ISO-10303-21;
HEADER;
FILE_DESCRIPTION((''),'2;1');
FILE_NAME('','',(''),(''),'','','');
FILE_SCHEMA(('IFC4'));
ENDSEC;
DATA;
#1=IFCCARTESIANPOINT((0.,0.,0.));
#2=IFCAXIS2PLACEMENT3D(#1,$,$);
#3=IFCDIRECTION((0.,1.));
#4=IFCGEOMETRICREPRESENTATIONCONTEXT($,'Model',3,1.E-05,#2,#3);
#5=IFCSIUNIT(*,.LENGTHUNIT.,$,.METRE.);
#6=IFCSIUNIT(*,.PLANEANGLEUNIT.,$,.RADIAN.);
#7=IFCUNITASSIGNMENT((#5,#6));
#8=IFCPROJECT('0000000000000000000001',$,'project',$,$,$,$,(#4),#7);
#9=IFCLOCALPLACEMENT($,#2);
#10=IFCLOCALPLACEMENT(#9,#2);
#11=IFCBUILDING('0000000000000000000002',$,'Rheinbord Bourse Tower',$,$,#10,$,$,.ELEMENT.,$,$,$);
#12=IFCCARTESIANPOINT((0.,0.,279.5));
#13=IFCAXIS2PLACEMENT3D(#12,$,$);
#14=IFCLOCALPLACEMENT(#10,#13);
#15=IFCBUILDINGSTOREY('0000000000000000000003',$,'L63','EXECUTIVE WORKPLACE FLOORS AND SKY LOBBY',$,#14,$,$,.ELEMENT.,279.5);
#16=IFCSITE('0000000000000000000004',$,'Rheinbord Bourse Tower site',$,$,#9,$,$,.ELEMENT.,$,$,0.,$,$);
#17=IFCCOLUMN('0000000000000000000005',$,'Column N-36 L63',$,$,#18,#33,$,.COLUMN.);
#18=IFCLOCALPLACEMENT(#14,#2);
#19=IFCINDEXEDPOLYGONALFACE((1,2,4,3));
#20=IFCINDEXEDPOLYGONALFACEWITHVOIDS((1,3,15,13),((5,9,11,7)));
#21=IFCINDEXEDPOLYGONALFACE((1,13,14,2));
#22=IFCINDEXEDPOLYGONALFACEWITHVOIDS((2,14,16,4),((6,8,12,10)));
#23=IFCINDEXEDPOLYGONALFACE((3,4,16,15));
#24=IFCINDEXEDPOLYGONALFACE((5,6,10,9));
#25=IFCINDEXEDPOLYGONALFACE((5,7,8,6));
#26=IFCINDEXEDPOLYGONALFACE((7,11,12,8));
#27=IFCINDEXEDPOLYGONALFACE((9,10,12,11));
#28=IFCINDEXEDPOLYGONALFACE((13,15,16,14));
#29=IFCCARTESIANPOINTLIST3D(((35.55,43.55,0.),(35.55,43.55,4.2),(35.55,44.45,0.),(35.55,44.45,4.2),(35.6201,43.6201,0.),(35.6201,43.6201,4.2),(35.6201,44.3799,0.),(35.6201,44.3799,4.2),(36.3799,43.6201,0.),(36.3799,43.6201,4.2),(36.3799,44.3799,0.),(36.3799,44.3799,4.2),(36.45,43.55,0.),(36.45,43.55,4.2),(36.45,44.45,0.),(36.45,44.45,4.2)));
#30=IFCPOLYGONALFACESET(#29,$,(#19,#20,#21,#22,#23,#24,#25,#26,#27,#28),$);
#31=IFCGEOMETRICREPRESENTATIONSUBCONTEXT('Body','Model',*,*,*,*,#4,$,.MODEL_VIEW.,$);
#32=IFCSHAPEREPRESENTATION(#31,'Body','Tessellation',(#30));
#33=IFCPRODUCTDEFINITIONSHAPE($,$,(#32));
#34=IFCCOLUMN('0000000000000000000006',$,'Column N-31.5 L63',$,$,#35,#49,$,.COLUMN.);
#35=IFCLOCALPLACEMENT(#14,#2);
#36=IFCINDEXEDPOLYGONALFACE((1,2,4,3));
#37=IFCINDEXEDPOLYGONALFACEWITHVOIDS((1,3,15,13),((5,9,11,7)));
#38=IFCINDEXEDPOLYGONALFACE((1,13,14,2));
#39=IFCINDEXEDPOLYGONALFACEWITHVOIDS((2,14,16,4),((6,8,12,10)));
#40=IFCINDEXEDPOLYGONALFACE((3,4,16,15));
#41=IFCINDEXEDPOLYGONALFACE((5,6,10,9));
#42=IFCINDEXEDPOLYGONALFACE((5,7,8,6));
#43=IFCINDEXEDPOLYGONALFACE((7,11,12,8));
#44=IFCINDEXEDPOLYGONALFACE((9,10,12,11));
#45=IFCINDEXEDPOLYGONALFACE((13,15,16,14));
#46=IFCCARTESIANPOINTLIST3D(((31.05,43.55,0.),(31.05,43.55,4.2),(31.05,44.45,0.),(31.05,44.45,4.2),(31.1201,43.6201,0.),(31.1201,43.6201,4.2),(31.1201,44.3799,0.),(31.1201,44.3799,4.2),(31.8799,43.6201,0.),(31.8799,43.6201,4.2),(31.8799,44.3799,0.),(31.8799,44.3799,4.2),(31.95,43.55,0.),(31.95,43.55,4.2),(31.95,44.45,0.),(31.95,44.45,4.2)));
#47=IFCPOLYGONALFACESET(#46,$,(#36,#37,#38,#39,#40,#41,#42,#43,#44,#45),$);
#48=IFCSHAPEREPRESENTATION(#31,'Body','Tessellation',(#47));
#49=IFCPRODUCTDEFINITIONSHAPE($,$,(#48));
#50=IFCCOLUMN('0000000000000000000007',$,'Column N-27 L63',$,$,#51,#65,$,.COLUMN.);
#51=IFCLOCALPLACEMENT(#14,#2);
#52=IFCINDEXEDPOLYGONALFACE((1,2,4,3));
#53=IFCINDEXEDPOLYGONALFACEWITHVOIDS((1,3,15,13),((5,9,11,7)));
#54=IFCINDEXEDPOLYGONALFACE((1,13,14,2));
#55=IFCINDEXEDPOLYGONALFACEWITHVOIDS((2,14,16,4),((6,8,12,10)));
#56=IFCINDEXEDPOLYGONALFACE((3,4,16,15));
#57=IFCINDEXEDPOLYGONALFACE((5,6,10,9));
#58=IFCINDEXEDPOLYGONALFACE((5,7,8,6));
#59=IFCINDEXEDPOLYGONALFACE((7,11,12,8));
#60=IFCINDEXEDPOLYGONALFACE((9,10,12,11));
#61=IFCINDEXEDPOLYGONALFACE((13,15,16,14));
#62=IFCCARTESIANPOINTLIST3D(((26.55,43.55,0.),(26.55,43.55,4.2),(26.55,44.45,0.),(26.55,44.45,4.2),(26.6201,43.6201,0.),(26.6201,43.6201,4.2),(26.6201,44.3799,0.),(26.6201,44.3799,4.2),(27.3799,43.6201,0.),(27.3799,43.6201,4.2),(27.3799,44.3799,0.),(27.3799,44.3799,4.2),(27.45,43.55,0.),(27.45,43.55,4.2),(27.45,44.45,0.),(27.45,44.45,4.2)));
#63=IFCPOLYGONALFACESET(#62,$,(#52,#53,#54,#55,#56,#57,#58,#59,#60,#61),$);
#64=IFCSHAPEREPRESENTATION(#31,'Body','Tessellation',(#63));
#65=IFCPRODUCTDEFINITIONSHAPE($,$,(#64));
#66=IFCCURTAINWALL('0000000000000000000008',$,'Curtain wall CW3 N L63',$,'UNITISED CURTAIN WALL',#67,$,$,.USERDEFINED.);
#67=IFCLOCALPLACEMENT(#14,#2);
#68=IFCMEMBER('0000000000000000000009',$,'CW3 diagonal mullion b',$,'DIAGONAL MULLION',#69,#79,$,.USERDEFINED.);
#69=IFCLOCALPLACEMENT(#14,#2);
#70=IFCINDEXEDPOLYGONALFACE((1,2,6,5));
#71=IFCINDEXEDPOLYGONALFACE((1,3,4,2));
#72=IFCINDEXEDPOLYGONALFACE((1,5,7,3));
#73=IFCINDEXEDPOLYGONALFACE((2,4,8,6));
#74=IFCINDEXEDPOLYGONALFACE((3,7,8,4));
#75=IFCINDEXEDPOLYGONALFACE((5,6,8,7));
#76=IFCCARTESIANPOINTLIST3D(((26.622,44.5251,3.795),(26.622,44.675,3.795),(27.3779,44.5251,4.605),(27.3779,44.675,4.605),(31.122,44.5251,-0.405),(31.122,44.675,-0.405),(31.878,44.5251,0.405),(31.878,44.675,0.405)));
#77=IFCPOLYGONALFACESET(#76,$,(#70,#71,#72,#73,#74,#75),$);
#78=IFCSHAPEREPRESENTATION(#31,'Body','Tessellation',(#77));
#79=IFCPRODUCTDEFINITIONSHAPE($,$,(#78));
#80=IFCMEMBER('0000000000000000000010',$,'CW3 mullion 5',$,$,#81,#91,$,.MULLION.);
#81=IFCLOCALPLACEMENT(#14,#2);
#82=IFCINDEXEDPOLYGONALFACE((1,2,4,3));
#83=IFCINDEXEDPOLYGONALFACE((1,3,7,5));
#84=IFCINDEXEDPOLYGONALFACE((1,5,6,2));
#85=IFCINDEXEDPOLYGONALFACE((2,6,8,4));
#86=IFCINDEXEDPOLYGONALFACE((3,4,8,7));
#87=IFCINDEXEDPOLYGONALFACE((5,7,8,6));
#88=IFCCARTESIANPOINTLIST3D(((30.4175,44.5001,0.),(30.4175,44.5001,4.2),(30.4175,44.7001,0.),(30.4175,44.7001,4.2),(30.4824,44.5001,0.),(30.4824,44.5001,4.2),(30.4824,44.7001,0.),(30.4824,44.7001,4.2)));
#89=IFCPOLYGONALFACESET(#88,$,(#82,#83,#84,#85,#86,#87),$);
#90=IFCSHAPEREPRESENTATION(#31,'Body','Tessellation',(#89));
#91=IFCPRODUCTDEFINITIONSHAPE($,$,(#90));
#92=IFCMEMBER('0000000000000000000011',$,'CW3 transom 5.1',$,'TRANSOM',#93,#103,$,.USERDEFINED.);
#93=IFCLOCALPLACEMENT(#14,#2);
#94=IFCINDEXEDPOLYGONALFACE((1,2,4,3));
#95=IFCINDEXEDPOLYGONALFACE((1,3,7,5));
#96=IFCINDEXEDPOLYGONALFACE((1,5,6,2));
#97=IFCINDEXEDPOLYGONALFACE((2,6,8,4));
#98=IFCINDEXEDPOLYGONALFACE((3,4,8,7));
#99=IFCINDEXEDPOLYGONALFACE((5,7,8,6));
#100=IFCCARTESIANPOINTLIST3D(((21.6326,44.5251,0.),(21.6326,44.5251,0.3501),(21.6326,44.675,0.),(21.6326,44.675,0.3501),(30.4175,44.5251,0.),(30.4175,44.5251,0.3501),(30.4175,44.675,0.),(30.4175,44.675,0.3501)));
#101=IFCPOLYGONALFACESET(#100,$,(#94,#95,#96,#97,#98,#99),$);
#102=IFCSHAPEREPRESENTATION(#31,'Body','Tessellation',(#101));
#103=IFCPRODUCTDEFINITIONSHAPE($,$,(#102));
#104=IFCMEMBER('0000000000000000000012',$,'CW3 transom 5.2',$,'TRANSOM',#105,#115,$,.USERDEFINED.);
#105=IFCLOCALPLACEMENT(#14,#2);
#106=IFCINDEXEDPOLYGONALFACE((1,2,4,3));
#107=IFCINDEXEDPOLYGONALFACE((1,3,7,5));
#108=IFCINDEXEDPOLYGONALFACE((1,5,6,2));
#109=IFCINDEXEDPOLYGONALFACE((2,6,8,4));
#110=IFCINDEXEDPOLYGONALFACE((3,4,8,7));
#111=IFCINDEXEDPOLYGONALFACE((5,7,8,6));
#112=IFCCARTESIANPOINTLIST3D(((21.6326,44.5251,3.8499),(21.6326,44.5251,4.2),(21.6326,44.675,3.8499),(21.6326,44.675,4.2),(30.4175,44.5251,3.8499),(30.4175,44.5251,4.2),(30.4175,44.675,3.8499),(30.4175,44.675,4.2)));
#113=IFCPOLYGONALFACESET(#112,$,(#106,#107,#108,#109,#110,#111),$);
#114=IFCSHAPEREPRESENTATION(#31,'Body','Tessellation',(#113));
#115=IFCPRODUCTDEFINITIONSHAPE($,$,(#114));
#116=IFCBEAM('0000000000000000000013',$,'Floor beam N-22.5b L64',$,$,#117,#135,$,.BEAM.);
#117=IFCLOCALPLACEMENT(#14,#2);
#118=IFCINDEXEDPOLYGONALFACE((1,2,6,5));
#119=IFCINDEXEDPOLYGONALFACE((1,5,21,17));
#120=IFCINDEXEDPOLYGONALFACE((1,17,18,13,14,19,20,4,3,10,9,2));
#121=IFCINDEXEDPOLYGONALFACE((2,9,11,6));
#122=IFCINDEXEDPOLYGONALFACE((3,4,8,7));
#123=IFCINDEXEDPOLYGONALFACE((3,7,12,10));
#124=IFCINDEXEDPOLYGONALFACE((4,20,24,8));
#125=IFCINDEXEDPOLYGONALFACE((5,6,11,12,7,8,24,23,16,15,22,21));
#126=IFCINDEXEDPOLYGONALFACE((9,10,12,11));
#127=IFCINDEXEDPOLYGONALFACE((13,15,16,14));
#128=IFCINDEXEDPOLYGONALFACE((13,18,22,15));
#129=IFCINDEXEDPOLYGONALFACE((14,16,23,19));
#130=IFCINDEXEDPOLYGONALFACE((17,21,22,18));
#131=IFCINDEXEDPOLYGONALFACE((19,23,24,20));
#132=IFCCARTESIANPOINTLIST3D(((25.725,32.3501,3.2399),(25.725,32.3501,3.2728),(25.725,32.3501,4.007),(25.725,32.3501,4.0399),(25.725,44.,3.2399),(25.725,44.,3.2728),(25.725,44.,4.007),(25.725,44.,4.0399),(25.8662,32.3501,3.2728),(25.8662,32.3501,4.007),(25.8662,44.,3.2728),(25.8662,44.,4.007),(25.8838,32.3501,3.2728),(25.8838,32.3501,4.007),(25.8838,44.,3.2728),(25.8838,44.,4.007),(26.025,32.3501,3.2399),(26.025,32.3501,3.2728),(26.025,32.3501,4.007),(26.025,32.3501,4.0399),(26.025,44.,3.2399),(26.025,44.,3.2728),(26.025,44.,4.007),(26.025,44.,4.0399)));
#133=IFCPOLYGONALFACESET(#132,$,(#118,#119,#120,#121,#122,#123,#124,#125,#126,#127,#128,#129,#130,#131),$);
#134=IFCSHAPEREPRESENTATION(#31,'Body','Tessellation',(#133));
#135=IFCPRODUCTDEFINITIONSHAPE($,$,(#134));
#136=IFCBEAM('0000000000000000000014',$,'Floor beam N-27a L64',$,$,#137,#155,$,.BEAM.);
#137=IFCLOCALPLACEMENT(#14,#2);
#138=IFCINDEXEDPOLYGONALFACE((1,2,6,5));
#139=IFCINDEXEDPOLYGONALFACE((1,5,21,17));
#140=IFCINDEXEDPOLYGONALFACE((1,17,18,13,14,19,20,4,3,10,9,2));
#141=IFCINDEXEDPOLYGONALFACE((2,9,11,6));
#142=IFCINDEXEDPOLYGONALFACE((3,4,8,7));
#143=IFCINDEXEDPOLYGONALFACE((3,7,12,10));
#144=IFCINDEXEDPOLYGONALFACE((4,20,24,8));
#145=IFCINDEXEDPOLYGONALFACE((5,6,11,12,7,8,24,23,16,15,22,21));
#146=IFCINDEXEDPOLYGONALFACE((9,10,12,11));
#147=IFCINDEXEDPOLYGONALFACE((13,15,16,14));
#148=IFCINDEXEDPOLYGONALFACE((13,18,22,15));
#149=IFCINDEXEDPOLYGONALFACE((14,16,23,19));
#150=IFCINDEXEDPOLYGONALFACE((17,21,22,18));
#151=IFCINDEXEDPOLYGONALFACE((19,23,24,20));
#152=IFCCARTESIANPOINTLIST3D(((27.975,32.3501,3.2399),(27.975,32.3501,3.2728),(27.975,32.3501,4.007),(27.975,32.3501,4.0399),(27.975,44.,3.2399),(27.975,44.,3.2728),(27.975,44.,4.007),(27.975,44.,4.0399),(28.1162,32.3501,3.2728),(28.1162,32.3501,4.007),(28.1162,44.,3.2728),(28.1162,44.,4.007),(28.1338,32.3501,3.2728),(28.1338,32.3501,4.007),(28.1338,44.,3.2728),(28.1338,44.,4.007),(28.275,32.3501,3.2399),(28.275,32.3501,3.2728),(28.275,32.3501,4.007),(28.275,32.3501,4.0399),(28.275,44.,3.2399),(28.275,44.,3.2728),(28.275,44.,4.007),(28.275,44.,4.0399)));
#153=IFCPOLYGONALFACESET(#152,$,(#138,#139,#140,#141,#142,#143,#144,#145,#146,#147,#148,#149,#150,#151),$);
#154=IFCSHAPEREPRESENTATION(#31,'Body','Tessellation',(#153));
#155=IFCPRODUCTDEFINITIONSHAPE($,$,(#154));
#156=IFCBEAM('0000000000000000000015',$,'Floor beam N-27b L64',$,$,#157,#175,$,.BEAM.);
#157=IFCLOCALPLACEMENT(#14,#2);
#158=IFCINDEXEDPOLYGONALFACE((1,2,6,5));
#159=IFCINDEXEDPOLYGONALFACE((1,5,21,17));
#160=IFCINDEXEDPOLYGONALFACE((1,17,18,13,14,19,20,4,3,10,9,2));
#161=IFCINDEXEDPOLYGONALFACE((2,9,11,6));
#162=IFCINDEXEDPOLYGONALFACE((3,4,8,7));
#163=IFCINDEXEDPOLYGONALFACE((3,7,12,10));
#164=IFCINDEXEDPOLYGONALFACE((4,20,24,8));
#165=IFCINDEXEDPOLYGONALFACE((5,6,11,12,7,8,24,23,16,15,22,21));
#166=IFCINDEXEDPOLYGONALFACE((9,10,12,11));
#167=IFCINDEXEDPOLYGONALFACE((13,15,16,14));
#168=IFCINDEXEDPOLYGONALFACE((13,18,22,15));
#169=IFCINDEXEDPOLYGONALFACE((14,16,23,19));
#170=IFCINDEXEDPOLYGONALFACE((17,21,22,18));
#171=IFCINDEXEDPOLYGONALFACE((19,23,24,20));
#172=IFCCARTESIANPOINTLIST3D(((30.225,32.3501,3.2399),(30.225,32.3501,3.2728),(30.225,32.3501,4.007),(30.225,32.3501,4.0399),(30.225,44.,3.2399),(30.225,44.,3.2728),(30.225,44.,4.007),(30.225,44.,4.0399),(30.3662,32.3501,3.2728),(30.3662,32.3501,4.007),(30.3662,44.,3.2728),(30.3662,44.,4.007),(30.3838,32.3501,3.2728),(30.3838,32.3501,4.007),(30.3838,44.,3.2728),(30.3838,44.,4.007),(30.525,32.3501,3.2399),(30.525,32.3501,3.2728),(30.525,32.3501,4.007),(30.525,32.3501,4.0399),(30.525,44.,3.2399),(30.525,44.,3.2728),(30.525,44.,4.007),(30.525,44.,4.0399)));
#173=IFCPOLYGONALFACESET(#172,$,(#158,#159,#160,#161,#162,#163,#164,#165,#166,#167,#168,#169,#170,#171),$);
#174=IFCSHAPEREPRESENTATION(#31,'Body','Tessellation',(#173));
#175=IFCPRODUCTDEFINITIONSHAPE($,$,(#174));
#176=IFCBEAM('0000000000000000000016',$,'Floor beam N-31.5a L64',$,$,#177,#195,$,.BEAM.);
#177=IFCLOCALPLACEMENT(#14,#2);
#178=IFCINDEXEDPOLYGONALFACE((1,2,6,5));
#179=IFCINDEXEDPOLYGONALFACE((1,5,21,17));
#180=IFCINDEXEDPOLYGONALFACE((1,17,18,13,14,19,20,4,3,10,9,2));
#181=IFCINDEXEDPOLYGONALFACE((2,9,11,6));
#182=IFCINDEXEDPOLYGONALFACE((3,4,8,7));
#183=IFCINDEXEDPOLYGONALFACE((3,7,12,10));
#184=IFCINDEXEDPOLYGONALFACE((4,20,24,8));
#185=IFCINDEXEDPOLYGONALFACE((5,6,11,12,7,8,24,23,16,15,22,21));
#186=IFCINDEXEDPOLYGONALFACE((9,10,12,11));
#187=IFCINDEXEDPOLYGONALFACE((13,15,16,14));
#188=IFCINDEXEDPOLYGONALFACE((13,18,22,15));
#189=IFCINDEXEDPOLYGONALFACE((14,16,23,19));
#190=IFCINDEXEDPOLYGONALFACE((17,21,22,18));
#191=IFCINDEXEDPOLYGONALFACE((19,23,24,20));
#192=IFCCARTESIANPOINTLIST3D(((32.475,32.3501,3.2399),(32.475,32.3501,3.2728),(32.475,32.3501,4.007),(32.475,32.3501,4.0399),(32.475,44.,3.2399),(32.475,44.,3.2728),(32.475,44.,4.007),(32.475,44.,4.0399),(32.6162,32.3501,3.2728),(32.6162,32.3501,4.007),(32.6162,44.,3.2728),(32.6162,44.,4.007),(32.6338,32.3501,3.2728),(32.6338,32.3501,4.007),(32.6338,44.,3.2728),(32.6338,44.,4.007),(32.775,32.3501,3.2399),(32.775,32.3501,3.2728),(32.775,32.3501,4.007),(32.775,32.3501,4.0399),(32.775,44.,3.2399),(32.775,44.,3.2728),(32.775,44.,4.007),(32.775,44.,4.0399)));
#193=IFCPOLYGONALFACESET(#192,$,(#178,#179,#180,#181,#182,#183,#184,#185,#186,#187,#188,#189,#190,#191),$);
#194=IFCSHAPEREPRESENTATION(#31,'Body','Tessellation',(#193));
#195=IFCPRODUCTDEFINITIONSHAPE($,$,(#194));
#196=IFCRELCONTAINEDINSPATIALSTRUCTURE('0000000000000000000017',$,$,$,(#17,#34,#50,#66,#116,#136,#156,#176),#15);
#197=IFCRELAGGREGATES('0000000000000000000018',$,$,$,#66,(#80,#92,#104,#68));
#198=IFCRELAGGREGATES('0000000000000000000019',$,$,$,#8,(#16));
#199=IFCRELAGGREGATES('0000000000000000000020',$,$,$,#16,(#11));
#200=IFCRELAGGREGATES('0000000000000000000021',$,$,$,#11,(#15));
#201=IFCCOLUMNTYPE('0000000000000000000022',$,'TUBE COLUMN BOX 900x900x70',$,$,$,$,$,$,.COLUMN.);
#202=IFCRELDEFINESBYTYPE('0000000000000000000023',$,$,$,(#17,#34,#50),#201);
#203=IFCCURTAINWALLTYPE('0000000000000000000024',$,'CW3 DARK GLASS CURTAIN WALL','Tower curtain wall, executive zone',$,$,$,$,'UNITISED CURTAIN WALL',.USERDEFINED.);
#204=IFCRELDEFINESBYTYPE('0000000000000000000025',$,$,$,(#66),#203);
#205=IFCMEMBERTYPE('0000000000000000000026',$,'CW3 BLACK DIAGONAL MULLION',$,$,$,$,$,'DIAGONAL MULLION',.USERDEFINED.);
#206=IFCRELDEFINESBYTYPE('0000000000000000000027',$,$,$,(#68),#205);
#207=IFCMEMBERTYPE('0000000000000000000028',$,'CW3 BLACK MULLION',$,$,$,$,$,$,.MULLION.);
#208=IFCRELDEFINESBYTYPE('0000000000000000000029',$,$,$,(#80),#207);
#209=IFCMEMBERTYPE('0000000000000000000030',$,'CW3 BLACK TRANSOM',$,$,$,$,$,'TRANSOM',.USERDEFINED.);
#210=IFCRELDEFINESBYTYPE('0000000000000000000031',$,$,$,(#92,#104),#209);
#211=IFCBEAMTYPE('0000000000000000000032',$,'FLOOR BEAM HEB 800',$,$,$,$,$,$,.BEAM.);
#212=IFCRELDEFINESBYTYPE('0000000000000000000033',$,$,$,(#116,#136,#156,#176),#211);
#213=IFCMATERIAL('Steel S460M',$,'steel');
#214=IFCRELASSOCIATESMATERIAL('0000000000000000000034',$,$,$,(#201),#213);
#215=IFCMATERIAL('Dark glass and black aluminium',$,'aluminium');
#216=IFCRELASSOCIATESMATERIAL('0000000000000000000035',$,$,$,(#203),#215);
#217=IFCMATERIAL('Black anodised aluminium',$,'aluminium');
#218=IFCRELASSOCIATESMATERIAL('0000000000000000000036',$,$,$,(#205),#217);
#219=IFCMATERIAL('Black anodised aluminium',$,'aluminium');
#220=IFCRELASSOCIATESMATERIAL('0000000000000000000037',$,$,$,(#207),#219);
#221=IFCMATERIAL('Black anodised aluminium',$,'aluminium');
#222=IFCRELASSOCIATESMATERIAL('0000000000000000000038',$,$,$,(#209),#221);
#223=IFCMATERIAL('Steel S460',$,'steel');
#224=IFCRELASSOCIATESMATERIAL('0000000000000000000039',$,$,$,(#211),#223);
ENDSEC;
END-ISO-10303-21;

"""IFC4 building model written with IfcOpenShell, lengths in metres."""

from ifc_helpers import new_model, si_unit, direction, frame, origin, origin_2d, place, context, subcontext, project, spatial, rectangle, hollow_rectangle, i_section, extrude, material, material_profile, profile_set, type_object, element, aggregate, save


model = new_model("IFC4")

# Units and contexts
model_context = context("Model", 3, precision=1e-05, world=origin(), true_north=direction((0.0, 1.0)))
body_context = subcontext(model_context, "Body", "Model", "MODEL_VIEW")
ifc_project = project(units=[si_unit("LENGTHUNIT", "METRE"), si_unit("PLANEANGLEUNIT", "RADIAN")], contexts=[model_context])

# Site, building, storey
site_placement = place(None, origin())
site = spatial("IfcSite", under=ifc_project, at=site_placement, Name="Rheinbord Bourse Tower site", CompositionType="ELEMENT", RefElevation=0.0)
building_placement = place(site_placement, origin())
building = spatial("IfcBuilding", under=site, at=building_placement, Name="Rheinbord Bourse Tower", CompositionType="ELEMENT")
storey_placement = place(building_placement, frame((0.0, 0.0, 279.5)))
storey = spatial("IfcBuildingStorey", under=building, at=storey_placement, Name="L63", Description="EXECUTIVE WORKPLACE FLOORS AND SKY LOBBY", CompositionType="ELEMENT", Elevation=279.5)

# Columns
ifc_material_1 = material(Name="Steel S460M", Category="steel")
ifc_material_profile_1 = material_profile(ifc_material_1, hollow_rectangle(XDim=0.8999, YDim=0.8999, WallThickness=0.0701, at=origin_2d()), Name="BOX 900x900x70")
ifc_profile_set_1 = profile_set([ifc_material_profile_1], Name="Steel S460M")
column_type = type_object("IfcColumnType", Name="TUBE COLUMN BOX 900x900x70", PredefinedType="COLUMN", material=ifc_profile_set_1)
for number, where, z_axis, x_axis, name in (
    (1, (36.0, 44.0, 0.0), (0.0, 0.0, 1.0), (0.0, 1.0, 0.0), "Column N-36 L63"),
    (2, (31.5, 44.0, 0.0), (0.0, 0.0, 1.0), (0.0, 1.0, 0.0), "Column N-31.5 L63"),
    (3, (27.0, 44.0, 0.0), (0.0, 0.0, 1.0), (0.0, 1.0, 0.0), "Column N-27 L63"),
):
    element("IfcColumn", number, at=place(storey_placement, frame(where, z_axis=z_axis, x_axis=x_axis)), inside=storey, type_object=column_type, Name=name, PredefinedType="COLUMN", context=body_context, shape_type="SweptSolid", body=[
        extrude(hollow_rectangle(XDim=0.8999, YDim=0.8999, WallThickness=0.0701, at=origin_2d()), origin(), (0.0, 0.0, 1.0), 4.2),
    ])

# Curtain wall, members
ifc_material_2 = material(Name="Dark glass and black aluminium", Category="aluminium")
curtain_wall_type = type_object("IfcCurtainWallType", Name="CW3 DARK GLASS CURTAIN WALL", Description="Tower curtain wall, executive zone", ElementType="UNITISED CURTAIN WALL", PredefinedType="USERDEFINED", material=ifc_material_2)
curtain_wall_placement = place(storey_placement, origin())
curtain_wall = element("IfcCurtainWall", 4, at=curtain_wall_placement, inside=storey, type_object=curtain_wall_type, Name="Curtain wall CW3 N L63", ObjectType="UNITISED CURTAIN WALL", PredefinedType="USERDEFINED")
ifc_material_3 = material(Name="Black anodised aluminium", Category="aluminium")
ifc_material_profile_2 = material_profile(ifc_material_3, rectangle(XDim=0.1499, YDim=1.1079, at=origin_2d()), Name="CW3 DIAGONAL MULLION 1108x150")
ifc_profile_set_2 = profile_set([ifc_material_profile_2], Name="Black anodised aluminium")
member_type_1 = type_object("IfcMemberType", Name="CW3 BLACK DIAGONAL MULLION", ElementType="DIAGONAL MULLION", PredefinedType="USERDEFINED", material=ifc_profile_set_2)
member_1_placement = place(storey_placement, frame((31.5, 44.6001, 0.0), z_axis=(-0.731059, 0.0, 0.682314), x_axis=(0.0, -1.0, 0.0)))
member_1 = element("IfcMember", 5, at=member_1_placement, type_object=member_type_1, Name="CW3 diagonal mullion b", ObjectType="DIAGONAL MULLION", PredefinedType="USERDEFINED", context=body_context, shape_type="SweptSolid", body=[
    extrude(rectangle(XDim=0.1499, YDim=1.1079, at=origin_2d()), origin(), (0.0, 0.0, 1.0), 6.1555),
])
ifc_material_4 = material(Name="Black anodised aluminium", Category="aluminium")
ifc_material_profile_3 = material_profile(ifc_material_4, rectangle(XDim=0.2, YDim=0.0649, at=origin_2d()), Name="CW3 MULLION 65x200")
ifc_profile_set_3 = profile_set([ifc_material_profile_3], Name="Black anodised aluminium")
member_type_2 = type_object("IfcMemberType", Name="CW3 BLACK MULLION", PredefinedType="MULLION", material=ifc_profile_set_3)
member_2_placement = place(storey_placement, frame((30.45, 44.6001, 0.0), z_axis=(0.0, 0.0, 1.0), x_axis=(0.0, -1.0, 0.0)))
member_2 = element("IfcMember", 6, at=member_2_placement, type_object=member_type_2, Name="CW3 mullion 5", PredefinedType="MULLION", context=body_context, shape_type="SweptSolid", body=[
    extrude(rectangle(XDim=0.2, YDim=0.0649, at=origin_2d()), origin(), (0.0, 0.0, 1.0), 4.2),
])
ifc_material_5 = material(Name="Black anodised aluminium", Category="aluminium")
ifc_material_profile_4 = material_profile(ifc_material_5, rectangle(XDim=0.1499, YDim=0.3501, at=origin_2d()), Name="CW3 TRANSOM 350x150")
ifc_profile_set_4 = profile_set([ifc_material_profile_4], Name="Black anodised aluminium")
member_type_3 = type_object("IfcMemberType", Name="CW3 BLACK TRANSOM", ElementType="TRANSOM", PredefinedType="USERDEFINED", material=ifc_profile_set_4)
member_3_placement = place(storey_placement, frame((30.4175, 44.6001, 0.175), z_axis=(-1.0, 0.0, 0.0), x_axis=(0.0, -1.0, 0.0)))
member_3 = element("IfcMember", 7, at=member_3_placement, type_object=member_type_3, Name="CW3 transom 5.1", ObjectType="TRANSOM", PredefinedType="USERDEFINED", context=body_context, shape_type="SweptSolid", body=[
    extrude(rectangle(XDim=0.1499, YDim=0.3501, at=origin_2d()), origin(), (0.0, 0.0, 1.0), 8.7849),
])
member_4_placement = place(storey_placement, frame((30.4175, 44.6001, 4.0249), z_axis=(-1.0, 0.0, 0.0), x_axis=(0.0, -1.0, 0.0)))
member_4 = element("IfcMember", 8, at=member_4_placement, type_object=member_type_3, Name="CW3 transom 5.2", ObjectType="TRANSOM", PredefinedType="USERDEFINED", context=body_context, shape_type="SweptSolid", body=[
    extrude(rectangle(XDim=0.1499, YDim=0.3501, at=origin_2d()), origin(), (0.0, 0.0, 1.0), 8.7849),
])

# Beams
ifc_material_6 = material(Name="Steel S460", Category="steel")
ifc_material_profile_5 = material_profile(ifc_material_6, i_section(OverallWidth=0.3, OverallDepth=0.8, WebThickness=0.0176, FlangeThickness=0.033, at=origin_2d()), Name="HEB 800")
ifc_profile_set_5 = profile_set([ifc_material_profile_5], Name="Steel S460")
beam_type_1 = type_object("IfcBeamType", Name="FLOOR BEAM HEB 800", PredefinedType="BEAM", material=ifc_profile_set_5)
for number, where, z_axis, x_axis, name in (
    (9, (25.875, 44.0, 3.6399), (0.0, -1.0, 0.0), (1.0, 0.0, 0.0), "Floor beam N-22.5b L64"),
    (10, (28.125, 44.0, 3.6399), (0.0, -1.0, 0.0), (1.0, 0.0, 0.0), "Floor beam N-27a L64"),
    (11, (30.375, 44.0, 3.6399), (0.0, -1.0, 0.0), (1.0, 0.0, 0.0), "Floor beam N-27b L64"),
    (12, (32.625, 44.0, 3.6399), (0.0, -1.0, 0.0), (1.0, 0.0, 0.0), "Floor beam N-31.5a L64"),
):
    element("IfcBeam", number, at=place(storey_placement, frame(where, z_axis=z_axis, x_axis=x_axis)), inside=storey, type_object=beam_type_1, Name=name, PredefinedType="BEAM", context=body_context, shape_type="SweptSolid", body=[
        extrude(i_section(OverallWidth=0.3, OverallDepth=0.8, WebThickness=0.0176, FlangeThickness=0.033, at=origin_2d()), origin(), (0.0, 0.0, 1.0), 11.6499),
    ])

aggregate(curtain_wall, [member_2, member_3, member_4, member_1])

save(model, "model.ifc")
